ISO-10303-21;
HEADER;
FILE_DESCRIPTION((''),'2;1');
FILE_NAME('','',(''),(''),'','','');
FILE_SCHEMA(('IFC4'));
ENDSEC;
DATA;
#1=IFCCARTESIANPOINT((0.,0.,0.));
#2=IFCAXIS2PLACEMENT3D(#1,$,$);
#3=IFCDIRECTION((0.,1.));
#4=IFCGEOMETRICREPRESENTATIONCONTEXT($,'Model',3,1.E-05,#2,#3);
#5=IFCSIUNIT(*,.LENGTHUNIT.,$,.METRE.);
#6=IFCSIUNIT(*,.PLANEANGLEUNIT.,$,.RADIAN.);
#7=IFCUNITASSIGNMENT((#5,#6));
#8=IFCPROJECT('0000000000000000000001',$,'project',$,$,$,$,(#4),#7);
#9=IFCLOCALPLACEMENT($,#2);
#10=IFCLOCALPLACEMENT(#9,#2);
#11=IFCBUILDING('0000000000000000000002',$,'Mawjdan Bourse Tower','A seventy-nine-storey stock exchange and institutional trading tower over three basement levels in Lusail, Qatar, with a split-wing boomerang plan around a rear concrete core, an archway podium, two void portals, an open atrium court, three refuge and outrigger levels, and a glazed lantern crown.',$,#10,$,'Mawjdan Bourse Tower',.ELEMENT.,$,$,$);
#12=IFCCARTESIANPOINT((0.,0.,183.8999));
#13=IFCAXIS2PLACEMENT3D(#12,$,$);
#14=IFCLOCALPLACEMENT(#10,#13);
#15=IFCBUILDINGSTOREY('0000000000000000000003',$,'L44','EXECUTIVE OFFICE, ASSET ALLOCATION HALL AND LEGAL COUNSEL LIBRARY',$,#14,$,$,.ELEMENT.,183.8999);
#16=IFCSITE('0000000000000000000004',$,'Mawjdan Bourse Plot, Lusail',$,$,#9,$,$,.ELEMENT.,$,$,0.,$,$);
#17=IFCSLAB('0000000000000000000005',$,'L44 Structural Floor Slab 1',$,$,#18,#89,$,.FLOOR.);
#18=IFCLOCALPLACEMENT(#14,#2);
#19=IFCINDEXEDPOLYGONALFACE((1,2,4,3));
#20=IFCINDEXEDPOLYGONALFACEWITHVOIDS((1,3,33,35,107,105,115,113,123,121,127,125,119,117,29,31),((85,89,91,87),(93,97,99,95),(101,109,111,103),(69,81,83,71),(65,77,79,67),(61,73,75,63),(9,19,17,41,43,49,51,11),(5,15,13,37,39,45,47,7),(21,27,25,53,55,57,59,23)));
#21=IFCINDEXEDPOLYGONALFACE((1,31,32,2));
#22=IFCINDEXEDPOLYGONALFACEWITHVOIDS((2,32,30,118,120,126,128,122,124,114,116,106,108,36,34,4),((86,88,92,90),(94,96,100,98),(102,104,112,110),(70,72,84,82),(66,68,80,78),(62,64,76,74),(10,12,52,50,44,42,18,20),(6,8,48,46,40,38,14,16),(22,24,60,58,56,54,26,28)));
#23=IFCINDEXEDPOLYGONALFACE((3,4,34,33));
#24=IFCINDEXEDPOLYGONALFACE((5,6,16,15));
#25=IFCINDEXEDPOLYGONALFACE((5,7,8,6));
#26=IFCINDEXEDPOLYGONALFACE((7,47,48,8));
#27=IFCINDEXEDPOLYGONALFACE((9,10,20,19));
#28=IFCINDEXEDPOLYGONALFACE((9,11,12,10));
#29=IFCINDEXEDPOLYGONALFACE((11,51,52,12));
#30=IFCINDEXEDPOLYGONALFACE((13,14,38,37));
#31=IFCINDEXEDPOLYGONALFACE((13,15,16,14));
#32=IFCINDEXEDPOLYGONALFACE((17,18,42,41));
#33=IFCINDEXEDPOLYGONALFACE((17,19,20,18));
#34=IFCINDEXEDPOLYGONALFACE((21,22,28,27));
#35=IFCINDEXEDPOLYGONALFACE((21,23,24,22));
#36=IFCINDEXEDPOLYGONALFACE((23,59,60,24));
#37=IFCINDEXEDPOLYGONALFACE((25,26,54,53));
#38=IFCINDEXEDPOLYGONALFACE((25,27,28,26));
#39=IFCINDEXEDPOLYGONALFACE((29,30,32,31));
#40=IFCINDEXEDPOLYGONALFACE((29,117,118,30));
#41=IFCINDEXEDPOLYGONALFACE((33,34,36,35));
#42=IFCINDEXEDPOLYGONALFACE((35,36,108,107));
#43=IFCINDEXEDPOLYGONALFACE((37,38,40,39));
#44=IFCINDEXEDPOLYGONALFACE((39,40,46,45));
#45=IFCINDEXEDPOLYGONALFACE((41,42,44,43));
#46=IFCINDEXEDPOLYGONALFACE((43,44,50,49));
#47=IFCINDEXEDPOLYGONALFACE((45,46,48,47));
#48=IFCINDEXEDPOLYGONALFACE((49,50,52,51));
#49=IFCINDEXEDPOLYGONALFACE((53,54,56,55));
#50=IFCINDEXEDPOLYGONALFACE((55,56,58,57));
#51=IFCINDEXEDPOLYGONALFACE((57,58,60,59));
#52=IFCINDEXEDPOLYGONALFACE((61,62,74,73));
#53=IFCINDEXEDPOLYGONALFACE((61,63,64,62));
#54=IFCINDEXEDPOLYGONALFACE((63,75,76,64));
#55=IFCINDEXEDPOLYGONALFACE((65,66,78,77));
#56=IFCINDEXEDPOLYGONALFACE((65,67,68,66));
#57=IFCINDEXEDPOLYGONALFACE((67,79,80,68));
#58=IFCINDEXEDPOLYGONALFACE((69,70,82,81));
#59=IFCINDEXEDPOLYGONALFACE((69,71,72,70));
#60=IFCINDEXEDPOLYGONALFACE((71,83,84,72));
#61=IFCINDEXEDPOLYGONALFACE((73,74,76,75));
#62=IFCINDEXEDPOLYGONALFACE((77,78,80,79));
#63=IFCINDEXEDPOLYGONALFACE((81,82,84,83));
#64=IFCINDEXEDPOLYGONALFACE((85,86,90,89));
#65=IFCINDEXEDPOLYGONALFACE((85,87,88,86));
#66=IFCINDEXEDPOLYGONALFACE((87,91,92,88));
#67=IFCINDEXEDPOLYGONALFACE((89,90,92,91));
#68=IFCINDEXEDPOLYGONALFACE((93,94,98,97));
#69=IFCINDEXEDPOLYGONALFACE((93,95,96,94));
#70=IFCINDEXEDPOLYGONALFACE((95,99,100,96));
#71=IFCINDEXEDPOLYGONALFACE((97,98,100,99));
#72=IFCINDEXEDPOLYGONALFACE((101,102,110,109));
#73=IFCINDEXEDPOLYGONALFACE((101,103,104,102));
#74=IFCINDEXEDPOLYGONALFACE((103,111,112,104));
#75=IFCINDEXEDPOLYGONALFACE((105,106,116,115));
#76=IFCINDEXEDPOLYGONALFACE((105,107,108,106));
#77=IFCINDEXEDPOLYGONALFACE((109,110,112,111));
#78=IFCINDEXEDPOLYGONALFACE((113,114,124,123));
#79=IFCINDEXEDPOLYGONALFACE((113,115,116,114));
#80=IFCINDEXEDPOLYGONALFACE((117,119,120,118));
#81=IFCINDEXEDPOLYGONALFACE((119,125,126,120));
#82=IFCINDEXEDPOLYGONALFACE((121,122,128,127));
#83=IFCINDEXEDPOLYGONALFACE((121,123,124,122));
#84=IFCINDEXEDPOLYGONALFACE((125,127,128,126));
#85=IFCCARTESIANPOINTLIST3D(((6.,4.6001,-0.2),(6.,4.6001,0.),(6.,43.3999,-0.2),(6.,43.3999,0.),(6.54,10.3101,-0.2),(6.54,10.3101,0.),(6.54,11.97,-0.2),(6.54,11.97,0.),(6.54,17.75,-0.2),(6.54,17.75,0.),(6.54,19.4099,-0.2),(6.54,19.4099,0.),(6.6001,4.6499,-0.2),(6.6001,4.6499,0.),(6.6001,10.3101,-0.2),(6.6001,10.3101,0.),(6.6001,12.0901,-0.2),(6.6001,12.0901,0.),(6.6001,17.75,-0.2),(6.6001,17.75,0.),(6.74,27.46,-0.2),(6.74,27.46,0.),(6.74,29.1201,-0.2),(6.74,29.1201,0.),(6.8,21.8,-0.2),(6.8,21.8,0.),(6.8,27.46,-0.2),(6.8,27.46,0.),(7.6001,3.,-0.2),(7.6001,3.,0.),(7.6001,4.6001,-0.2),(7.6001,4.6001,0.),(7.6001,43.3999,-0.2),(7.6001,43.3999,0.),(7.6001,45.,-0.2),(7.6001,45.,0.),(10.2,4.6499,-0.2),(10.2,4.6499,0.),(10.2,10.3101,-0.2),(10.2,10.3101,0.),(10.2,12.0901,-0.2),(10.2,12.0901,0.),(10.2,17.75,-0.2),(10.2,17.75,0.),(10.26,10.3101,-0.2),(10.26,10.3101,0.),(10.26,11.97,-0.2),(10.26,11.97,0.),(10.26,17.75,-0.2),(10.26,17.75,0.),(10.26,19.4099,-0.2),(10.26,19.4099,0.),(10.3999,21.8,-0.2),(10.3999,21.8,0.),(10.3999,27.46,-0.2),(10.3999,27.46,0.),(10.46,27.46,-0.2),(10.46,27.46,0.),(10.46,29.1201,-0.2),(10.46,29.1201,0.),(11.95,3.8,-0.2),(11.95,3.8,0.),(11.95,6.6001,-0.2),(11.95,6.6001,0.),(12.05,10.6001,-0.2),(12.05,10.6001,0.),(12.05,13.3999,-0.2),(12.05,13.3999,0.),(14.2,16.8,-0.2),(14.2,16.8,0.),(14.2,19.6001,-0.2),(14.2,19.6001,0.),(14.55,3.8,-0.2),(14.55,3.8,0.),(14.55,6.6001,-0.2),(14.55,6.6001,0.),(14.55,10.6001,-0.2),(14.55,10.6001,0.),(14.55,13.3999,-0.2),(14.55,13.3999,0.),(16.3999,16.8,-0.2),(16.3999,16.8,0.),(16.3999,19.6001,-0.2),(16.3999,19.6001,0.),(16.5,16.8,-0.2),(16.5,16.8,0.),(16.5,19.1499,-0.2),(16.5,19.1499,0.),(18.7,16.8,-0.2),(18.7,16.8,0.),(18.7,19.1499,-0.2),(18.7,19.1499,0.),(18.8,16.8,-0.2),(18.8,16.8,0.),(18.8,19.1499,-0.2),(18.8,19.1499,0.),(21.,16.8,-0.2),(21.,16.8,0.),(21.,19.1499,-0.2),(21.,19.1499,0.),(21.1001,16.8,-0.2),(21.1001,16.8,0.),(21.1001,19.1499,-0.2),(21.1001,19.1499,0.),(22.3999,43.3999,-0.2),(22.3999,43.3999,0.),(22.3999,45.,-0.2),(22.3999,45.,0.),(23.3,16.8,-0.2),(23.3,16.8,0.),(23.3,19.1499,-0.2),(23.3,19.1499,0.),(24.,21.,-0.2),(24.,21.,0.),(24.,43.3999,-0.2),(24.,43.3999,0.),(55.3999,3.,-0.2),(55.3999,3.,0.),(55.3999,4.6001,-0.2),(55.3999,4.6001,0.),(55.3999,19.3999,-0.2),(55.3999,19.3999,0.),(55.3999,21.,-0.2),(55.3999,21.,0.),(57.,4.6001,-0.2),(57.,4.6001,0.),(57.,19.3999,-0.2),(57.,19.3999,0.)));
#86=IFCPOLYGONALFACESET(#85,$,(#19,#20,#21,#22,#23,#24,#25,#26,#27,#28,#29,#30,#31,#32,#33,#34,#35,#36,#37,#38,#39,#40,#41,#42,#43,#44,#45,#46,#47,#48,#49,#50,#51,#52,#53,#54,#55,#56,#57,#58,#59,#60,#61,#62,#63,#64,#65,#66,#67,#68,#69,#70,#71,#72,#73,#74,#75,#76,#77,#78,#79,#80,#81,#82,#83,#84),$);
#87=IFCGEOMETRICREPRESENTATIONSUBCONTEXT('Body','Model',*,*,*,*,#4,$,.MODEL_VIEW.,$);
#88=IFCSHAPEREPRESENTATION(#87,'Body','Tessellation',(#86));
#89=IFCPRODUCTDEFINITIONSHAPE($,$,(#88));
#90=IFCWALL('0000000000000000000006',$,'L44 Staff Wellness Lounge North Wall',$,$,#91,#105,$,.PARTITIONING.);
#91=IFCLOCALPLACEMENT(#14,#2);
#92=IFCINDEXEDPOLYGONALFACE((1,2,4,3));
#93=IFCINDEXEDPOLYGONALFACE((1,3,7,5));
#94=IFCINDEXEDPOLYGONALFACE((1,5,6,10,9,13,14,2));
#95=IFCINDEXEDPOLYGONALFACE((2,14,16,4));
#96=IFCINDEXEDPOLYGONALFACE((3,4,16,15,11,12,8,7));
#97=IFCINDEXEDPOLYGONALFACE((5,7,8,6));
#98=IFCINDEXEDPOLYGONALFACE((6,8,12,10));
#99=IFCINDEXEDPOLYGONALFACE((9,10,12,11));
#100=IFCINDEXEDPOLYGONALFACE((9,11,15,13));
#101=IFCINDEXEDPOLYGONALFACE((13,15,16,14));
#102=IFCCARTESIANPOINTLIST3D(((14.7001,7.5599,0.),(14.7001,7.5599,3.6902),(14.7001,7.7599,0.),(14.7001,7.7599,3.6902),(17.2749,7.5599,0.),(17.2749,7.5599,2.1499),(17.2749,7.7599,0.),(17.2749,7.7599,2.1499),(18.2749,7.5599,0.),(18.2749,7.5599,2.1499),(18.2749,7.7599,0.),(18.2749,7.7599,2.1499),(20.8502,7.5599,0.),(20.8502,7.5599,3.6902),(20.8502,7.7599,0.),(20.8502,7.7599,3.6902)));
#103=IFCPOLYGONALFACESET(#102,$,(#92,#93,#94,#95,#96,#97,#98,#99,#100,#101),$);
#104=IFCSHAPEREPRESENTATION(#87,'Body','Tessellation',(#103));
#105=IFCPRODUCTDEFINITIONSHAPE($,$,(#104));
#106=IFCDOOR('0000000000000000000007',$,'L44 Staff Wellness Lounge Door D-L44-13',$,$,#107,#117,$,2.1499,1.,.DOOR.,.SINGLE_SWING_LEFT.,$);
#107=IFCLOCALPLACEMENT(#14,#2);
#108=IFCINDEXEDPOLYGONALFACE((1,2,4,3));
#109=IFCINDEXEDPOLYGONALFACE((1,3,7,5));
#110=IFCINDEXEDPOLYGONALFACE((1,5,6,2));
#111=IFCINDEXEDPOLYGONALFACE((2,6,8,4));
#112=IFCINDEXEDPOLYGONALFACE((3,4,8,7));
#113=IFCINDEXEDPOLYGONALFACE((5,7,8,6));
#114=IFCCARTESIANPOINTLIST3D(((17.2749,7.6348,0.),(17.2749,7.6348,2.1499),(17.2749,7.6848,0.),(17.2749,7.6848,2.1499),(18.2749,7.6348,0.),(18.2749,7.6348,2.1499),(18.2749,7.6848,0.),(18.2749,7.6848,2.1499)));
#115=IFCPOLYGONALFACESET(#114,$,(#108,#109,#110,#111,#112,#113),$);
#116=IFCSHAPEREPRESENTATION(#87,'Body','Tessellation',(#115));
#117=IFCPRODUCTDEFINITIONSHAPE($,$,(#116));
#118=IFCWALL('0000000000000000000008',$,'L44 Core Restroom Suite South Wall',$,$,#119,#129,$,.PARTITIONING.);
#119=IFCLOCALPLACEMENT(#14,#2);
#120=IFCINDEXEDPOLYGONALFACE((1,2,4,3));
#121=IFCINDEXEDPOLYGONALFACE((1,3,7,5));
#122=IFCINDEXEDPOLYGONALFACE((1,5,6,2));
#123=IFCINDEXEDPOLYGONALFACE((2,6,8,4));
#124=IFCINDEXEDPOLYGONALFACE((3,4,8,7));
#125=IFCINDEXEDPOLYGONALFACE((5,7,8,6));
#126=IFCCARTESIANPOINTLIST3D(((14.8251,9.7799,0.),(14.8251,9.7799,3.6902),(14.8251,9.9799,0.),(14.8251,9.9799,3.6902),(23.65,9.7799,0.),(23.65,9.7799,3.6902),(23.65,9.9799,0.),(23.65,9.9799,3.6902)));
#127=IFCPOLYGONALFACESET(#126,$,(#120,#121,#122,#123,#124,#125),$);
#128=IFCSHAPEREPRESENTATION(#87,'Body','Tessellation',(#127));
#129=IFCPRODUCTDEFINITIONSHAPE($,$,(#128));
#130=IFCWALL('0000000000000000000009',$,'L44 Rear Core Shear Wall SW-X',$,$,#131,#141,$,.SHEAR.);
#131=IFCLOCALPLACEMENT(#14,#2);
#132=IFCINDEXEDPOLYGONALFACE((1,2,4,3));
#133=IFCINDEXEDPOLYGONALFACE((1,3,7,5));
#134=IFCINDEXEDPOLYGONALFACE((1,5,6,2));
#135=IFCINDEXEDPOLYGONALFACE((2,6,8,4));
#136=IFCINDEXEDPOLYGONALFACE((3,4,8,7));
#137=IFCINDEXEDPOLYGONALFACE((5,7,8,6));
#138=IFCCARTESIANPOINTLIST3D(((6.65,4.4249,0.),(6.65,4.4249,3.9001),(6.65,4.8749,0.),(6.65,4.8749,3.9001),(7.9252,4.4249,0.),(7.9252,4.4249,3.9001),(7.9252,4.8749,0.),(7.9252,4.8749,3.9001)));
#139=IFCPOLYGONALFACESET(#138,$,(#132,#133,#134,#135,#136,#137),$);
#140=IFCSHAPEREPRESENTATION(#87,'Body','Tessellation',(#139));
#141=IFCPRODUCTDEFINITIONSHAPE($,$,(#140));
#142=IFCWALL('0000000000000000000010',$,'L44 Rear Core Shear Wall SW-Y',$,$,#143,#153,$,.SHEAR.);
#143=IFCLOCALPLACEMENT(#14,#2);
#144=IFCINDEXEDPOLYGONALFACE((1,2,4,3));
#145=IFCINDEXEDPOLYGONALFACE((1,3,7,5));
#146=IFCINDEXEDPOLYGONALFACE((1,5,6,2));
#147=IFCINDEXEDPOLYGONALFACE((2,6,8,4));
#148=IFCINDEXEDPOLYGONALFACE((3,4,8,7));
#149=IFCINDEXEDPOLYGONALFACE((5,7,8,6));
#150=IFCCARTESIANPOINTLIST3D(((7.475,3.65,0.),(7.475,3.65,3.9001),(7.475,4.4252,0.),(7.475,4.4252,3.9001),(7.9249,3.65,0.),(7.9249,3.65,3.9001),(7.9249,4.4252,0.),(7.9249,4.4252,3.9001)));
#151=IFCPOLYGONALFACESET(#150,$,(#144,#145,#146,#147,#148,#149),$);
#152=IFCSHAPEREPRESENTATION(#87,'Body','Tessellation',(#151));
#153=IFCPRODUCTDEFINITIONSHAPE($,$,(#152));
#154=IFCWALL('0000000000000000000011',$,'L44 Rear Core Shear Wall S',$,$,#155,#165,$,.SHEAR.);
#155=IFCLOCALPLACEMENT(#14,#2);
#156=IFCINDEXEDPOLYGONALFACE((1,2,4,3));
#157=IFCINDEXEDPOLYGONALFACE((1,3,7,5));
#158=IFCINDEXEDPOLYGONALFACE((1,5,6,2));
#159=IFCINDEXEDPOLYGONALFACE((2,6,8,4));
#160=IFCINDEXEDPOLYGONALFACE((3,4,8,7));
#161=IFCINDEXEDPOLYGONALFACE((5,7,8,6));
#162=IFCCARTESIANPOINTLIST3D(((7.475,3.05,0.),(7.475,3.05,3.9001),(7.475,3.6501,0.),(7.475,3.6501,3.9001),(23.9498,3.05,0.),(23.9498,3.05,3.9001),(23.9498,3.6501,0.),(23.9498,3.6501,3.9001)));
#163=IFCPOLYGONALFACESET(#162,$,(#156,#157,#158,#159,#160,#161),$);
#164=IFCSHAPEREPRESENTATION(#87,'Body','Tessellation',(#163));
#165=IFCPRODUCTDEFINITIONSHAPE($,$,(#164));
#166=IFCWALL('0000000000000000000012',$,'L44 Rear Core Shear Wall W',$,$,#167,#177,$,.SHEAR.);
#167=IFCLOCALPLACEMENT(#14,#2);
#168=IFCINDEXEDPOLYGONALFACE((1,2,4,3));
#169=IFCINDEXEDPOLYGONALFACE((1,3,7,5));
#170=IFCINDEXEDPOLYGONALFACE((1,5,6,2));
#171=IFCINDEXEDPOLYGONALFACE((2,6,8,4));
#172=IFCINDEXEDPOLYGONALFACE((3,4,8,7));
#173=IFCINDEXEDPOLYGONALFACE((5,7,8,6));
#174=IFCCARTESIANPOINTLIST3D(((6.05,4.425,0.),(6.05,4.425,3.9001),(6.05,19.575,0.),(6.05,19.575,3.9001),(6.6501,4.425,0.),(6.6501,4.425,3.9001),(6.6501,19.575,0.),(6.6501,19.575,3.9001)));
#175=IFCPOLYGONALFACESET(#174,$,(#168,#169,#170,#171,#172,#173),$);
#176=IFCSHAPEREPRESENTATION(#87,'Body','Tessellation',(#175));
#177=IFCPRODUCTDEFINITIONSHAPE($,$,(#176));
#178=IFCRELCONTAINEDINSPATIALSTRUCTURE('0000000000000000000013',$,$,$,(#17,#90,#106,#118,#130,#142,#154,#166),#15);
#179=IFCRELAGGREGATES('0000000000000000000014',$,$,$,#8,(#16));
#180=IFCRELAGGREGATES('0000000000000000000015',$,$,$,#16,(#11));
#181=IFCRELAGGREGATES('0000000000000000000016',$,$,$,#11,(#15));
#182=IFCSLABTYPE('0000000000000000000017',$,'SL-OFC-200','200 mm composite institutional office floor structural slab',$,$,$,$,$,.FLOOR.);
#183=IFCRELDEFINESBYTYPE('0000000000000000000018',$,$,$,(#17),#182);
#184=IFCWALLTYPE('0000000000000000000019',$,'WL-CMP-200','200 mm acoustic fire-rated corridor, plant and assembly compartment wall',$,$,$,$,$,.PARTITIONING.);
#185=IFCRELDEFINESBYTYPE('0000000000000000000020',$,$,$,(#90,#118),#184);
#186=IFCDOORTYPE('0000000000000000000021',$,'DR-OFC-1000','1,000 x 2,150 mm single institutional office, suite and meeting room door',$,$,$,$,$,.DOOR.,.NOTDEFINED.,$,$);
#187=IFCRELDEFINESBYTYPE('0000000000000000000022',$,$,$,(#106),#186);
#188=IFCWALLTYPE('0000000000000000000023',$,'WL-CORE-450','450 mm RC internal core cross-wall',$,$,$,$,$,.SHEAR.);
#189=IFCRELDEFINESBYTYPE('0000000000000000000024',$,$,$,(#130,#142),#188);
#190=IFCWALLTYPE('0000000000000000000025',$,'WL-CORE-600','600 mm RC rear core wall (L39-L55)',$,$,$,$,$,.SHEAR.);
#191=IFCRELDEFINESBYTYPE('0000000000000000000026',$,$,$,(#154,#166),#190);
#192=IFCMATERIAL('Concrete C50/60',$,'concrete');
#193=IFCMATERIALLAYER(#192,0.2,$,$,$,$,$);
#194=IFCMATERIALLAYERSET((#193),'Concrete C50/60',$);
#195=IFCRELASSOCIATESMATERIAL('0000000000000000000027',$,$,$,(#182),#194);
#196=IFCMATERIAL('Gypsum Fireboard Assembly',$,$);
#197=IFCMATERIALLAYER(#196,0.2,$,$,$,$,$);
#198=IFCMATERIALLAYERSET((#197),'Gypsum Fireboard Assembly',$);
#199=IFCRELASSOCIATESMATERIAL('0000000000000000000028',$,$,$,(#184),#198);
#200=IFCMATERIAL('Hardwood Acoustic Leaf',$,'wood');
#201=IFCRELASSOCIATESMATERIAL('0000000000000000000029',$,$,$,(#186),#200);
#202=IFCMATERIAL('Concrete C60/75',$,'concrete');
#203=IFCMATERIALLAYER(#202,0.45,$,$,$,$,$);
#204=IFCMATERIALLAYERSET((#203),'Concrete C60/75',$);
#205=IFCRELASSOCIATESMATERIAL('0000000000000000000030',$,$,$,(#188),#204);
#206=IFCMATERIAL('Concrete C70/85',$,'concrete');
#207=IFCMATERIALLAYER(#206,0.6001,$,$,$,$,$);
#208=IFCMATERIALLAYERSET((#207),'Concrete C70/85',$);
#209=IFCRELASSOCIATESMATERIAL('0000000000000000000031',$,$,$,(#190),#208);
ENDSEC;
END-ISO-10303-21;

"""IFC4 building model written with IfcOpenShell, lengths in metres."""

from ifc_helpers import new_model, si_unit, direction, frame, frame_2d, origin, place, context, subcontext, project, spatial, polyline, rectangle, outline, extrude, material, layer, layer_set, type_object, element, fill, save


model = new_model("IFC4")

# Units and contexts
model_context = context("Model", 3, precision=1e-05, world=origin(), true_north=direction((0.0, 1.0)))
body_context = subcontext(model_context, "Body", "Model", "MODEL_VIEW")
ifc_project = project(units=[si_unit("LENGTHUNIT", "METRE"), si_unit("PLANEANGLEUNIT", "RADIAN")], contexts=[model_context])

# Site, building, storey
site_placement = place(None, origin())
site = spatial("IfcSite", under=ifc_project, at=site_placement, Name="Mawjdan Bourse Plot, Lusail", CompositionType="ELEMENT", RefElevation=0.0)
building_placement = place(site_placement, origin())
building = spatial("IfcBuilding", under=site, at=building_placement, Name="Mawjdan Bourse Tower", Description="A seventy-nine-storey stock exchange and institutional trading tower over three basement levels in Lusail, Qatar, with a split-wing boomerang plan around a rear concrete core, an archway podium, two void portals, an open atrium court, three refuge and outrigger levels, and a glazed lantern crown.", LongName="Mawjdan Bourse Tower", CompositionType="ELEMENT")
storey_placement = place(building_placement, frame((0.0, 0.0, 183.8999)))
storey = spatial("IfcBuildingStorey", under=building, at=storey_placement, Name="L44", Description="EXECUTIVE OFFICE, ASSET ALLOCATION HALL AND LEGAL COUNSEL LIBRARY", CompositionType="ELEMENT", Elevation=183.8999)

# Shared definitions
ifc_material_1 = material(Name="Concrete C50/60", Category="concrete")

# Slab
ifc_layer_1 = layer(ifc_material_1, 0.2)
ifc_layer_set_1 = layer_set([ifc_layer_1], Name="Concrete C50/60")
slab_type_1 = type_object("IfcSlabType", Name="SL-OFC-200", Description="200 mm composite institutional office floor structural slab", PredefinedType="FLOOR", material=ifc_layer_set_1)
slab_1_placement = place(storey_placement, frame((0.0, 0.0, -0.2)))
element("IfcSlab", 1, at=slab_1_placement, inside=storey, type_object=slab_type_1, Name="L44 Structural Floor Slab 1", PredefinedType="FLOOR", context=body_context, shape_type="SweptSolid", body=[
    extrude(outline(polyline([(7.6001, 3.0), (55.3999, 3.0), (55.3999, 4.6001), (57.0, 4.6001), (57.0, 19.3999), (55.3999, 19.3999), (55.3999, 21.0), (24.0, 21.0), (24.0, 43.3999), (22.3999, 43.3999), (22.3999, 45.0), (7.6001, 45.0), (7.6001, 43.3999), (6.0, 43.3999), (6.0, 4.6001), (7.6001, 4.6001), (7.6001, 3.0)]), holes=[polyline([(6.54, 11.97), (10.26, 11.97), (10.26, 10.3101), (10.2, 10.3101), (10.2, 4.6499), (6.6001, 4.6499), (6.6001, 10.3101), (6.54, 10.3101), (6.54, 11.97)]), polyline([(6.6001, 12.0901), (6.6001, 17.75), (6.54, 17.75), (6.54, 19.4099), (10.26, 19.4099), (10.26, 17.75), (10.2, 17.75), (10.2, 12.0901), (6.6001, 12.0901)]), polyline([(10.46, 29.1201), (10.46, 27.46), (10.3999, 27.46), (10.3999, 21.8), (6.8, 21.8), (6.8, 27.46), (6.74, 27.46), (6.74, 29.1201), (10.46, 29.1201)]), polyline([(14.55, 3.8), (11.95, 3.8), (11.95, 6.6001), (14.55, 6.6001), (14.55, 3.8)]), polyline([(12.05, 10.6001), (12.05, 13.3999), (14.55, 13.3999), (14.55, 10.6001), (12.05, 10.6001)]), polyline([(16.5, 16.8), (16.5, 19.1499), (18.7, 19.1499), (18.7, 16.8), (16.5, 16.8)]), polyline([(21.0, 16.8), (18.8, 16.8), (18.8, 19.1499), (21.0, 19.1499), (21.0, 16.8)]), polyline([(21.1001, 16.8), (21.1001, 19.1499), (23.3, 19.1499), (23.3, 16.8), (21.1001, 16.8)]), polyline([(14.2, 16.8), (14.2, 19.6001), (16.3999, 19.6001), (16.3999, 16.8), (14.2, 16.8)])]), origin(), (0.0, 0.0, 1.0), 0.2),
])

# Wall, opening, door
ifc_material_2 = material(Name="Gypsum Fireboard Assembly")
ifc_layer_2 = layer(ifc_material_2, 0.2)
ifc_layer_set_2 = layer_set([ifc_layer_2], Name="Gypsum Fireboard Assembly")
wall_type_1 = type_object("IfcWallType", Name="WL-CMP-200", Description="200 mm acoustic fire-rated corridor, plant and assembly compartment wall", PredefinedType="PARTITIONING", material=ifc_layer_set_2)
wall_1_placement = place(storey_placement, frame((14.7, 7.6599, 0.0), z_axis=(0.0, 0.0, 1.0), x_axis=(1.0, 0.0, 0.0)))
wall_1 = element("IfcWall", 2, at=wall_1_placement, inside=storey, type_object=wall_type_1, Name="L44 Staff Wellness Lounge North Wall", PredefinedType="PARTITIONING", context=body_context, shape_type="SweptSolid", body=[
    extrude(rectangle(XDim=6.1501, YDim=0.2, at=frame_2d((3.0752, 0.0))), origin(), (0.0, 0.0, 1.0), 3.6902),
])
opening_1_placement = place(wall_1_placement, frame((2.575, 0.0, 0.0)))
opening_1 = element("IfcOpeningElement", 3, at=opening_1_placement, cuts=wall_1, PredefinedType="OPENING", context=body_context, shape_type="SweptSolid", body=[
    extrude(rectangle(XDim=1.0, YDim=2.1499, at=frame_2d((0.5, 1.075))), frame((0.0, 0.1099, 0.0), z_axis=(0.0, -1.0, 0.0), x_axis=(1.0, 0.0, 0.0)), (0.0, 0.0, 1.0), 0.22),
])
ifc_material_3 = material(Name="Hardwood Acoustic Leaf", Category="wood")
door_type_1 = type_object("IfcDoorType", Name="DR-OFC-1000", Description="1,000 x 2,150 mm single institutional office, suite and meeting room door", OperationType="NOTDEFINED", PredefinedType="DOOR", material=ifc_material_3)
door_1_placement = place(opening_1_placement, origin())
door_1 = element("IfcDoor", 4, at=door_1_placement, inside=storey, type_object=door_type_1, Name="L44 Staff Wellness Lounge Door D-L44-13", OperationType="SINGLE_SWING_LEFT", OverallHeight=2.1499, OverallWidth=1.0, PredefinedType="DOOR", context=body_context, shape_type="SweptSolid", body=[
    extrude(rectangle(XDim=1.0, YDim=2.1499, at=frame_2d((0.5, 1.075))), frame((0.0, 0.0249, 0.0), z_axis=(0.0, -1.0, 0.0), x_axis=(1.0, 0.0, 0.0)), (0.0, 0.0, 1.0), 0.05),
])
fill(opening_1, door_1)

# Walls
wall_2_placement = place(storey_placement, frame((14.825, 9.8799, 0.0), z_axis=(0.0, 0.0, 1.0), x_axis=(1.0, 0.0, 0.0)))
element("IfcWall", 5, at=wall_2_placement, inside=storey, type_object=wall_type_1, Name="L44 Core Restroom Suite South Wall", PredefinedType="PARTITIONING", context=body_context, shape_type="SweptSolid", body=[
    extrude(rectangle(XDim=8.825, YDim=0.2, at=frame_2d((4.4126, 0.0))), origin(), (0.0, 0.0, 1.0), 3.6902),
])
ifc_material_4 = material(Name="Concrete C60/75", Category="concrete")
ifc_layer_3 = layer(ifc_material_4, 0.45)
ifc_layer_set_3 = layer_set([ifc_layer_3], Name="Concrete C60/75")
wall_type_2 = type_object("IfcWallType", Name="WL-CORE-450", Description="450 mm RC internal core cross-wall", PredefinedType="SHEAR", material=ifc_layer_set_3)
wall_3_placement = place(storey_placement, frame((6.6499, 4.6499, 0.0), z_axis=(0.0, 0.0, 1.0), x_axis=(1.0, 0.0, 0.0)))
element("IfcWall", 6, at=wall_3_placement, inside=storey, type_object=wall_type_2, Name="L44 Rear Core Shear Wall SW-X", PredefinedType="SHEAR", context=body_context, shape_type="SweptSolid", body=[
    extrude(rectangle(XDim=1.2751, YDim=0.45, at=frame_2d((0.6377, 0.0))), origin(), (0.0, 0.0, 1.0), 3.9001),
])
wall_4_placement = place(storey_placement, frame((7.7, 3.6499, 0.0), z_axis=(0.0, 0.0, 1.0), x_axis=(0.0, 1.0, 0.0)))
element("IfcWall", 7, at=wall_4_placement, inside=storey, type_object=wall_type_2, Name="L44 Rear Core Shear Wall SW-Y", PredefinedType="SHEAR", context=body_context, shape_type="SweptSolid", body=[
    extrude(rectangle(XDim=0.7751, YDim=0.45, at=frame_2d((0.3877, 0.0))), origin(), (0.0, 0.0, 1.0), 3.9001),
])
ifc_material_5 = material(Name="Concrete C70/85", Category="concrete")
ifc_layer_4 = layer(ifc_material_5, 0.6001)
ifc_layer_set_4 = layer_set([ifc_layer_4], Name="Concrete C70/85")
wall_type_3 = type_object("IfcWallType", Name="WL-CORE-600", Description="600 mm RC rear core wall (L39-L55)", PredefinedType="SHEAR", material=ifc_layer_set_4)
wall_5_placement = place(storey_placement, frame((7.4751, 3.3501, 0.0), z_axis=(0.0, 0.0, 1.0), x_axis=(1.0, 0.0, 0.0)))
element("IfcWall", 8, at=wall_5_placement, inside=storey, type_object=wall_type_3, Name="L44 Rear Core Shear Wall S", PredefinedType="SHEAR", context=body_context, shape_type="SweptSolid", body=[
    extrude(rectangle(XDim=16.4749, YDim=0.6001, at=frame_2d((8.2373, 0.0))), origin(), (0.0, 0.0, 1.0), 3.9001),
])
wall_6_placement = place(storey_placement, frame((6.3501, 4.425, 0.0), z_axis=(0.0, 0.0, 1.0), x_axis=(0.0, 1.0, 0.0)))
element("IfcWall", 9, at=wall_6_placement, inside=storey, type_object=wall_type_3, Name="L44 Rear Core Shear Wall W", PredefinedType="SHEAR", context=body_context, shape_type="SweptSolid", body=[
    extrude(rectangle(XDim=15.1499, YDim=0.6001, at=frame_2d((7.575, 0.0))), origin(), (0.0, 0.0, 1.0), 3.9001),
])

save(model, "model.ifc")
